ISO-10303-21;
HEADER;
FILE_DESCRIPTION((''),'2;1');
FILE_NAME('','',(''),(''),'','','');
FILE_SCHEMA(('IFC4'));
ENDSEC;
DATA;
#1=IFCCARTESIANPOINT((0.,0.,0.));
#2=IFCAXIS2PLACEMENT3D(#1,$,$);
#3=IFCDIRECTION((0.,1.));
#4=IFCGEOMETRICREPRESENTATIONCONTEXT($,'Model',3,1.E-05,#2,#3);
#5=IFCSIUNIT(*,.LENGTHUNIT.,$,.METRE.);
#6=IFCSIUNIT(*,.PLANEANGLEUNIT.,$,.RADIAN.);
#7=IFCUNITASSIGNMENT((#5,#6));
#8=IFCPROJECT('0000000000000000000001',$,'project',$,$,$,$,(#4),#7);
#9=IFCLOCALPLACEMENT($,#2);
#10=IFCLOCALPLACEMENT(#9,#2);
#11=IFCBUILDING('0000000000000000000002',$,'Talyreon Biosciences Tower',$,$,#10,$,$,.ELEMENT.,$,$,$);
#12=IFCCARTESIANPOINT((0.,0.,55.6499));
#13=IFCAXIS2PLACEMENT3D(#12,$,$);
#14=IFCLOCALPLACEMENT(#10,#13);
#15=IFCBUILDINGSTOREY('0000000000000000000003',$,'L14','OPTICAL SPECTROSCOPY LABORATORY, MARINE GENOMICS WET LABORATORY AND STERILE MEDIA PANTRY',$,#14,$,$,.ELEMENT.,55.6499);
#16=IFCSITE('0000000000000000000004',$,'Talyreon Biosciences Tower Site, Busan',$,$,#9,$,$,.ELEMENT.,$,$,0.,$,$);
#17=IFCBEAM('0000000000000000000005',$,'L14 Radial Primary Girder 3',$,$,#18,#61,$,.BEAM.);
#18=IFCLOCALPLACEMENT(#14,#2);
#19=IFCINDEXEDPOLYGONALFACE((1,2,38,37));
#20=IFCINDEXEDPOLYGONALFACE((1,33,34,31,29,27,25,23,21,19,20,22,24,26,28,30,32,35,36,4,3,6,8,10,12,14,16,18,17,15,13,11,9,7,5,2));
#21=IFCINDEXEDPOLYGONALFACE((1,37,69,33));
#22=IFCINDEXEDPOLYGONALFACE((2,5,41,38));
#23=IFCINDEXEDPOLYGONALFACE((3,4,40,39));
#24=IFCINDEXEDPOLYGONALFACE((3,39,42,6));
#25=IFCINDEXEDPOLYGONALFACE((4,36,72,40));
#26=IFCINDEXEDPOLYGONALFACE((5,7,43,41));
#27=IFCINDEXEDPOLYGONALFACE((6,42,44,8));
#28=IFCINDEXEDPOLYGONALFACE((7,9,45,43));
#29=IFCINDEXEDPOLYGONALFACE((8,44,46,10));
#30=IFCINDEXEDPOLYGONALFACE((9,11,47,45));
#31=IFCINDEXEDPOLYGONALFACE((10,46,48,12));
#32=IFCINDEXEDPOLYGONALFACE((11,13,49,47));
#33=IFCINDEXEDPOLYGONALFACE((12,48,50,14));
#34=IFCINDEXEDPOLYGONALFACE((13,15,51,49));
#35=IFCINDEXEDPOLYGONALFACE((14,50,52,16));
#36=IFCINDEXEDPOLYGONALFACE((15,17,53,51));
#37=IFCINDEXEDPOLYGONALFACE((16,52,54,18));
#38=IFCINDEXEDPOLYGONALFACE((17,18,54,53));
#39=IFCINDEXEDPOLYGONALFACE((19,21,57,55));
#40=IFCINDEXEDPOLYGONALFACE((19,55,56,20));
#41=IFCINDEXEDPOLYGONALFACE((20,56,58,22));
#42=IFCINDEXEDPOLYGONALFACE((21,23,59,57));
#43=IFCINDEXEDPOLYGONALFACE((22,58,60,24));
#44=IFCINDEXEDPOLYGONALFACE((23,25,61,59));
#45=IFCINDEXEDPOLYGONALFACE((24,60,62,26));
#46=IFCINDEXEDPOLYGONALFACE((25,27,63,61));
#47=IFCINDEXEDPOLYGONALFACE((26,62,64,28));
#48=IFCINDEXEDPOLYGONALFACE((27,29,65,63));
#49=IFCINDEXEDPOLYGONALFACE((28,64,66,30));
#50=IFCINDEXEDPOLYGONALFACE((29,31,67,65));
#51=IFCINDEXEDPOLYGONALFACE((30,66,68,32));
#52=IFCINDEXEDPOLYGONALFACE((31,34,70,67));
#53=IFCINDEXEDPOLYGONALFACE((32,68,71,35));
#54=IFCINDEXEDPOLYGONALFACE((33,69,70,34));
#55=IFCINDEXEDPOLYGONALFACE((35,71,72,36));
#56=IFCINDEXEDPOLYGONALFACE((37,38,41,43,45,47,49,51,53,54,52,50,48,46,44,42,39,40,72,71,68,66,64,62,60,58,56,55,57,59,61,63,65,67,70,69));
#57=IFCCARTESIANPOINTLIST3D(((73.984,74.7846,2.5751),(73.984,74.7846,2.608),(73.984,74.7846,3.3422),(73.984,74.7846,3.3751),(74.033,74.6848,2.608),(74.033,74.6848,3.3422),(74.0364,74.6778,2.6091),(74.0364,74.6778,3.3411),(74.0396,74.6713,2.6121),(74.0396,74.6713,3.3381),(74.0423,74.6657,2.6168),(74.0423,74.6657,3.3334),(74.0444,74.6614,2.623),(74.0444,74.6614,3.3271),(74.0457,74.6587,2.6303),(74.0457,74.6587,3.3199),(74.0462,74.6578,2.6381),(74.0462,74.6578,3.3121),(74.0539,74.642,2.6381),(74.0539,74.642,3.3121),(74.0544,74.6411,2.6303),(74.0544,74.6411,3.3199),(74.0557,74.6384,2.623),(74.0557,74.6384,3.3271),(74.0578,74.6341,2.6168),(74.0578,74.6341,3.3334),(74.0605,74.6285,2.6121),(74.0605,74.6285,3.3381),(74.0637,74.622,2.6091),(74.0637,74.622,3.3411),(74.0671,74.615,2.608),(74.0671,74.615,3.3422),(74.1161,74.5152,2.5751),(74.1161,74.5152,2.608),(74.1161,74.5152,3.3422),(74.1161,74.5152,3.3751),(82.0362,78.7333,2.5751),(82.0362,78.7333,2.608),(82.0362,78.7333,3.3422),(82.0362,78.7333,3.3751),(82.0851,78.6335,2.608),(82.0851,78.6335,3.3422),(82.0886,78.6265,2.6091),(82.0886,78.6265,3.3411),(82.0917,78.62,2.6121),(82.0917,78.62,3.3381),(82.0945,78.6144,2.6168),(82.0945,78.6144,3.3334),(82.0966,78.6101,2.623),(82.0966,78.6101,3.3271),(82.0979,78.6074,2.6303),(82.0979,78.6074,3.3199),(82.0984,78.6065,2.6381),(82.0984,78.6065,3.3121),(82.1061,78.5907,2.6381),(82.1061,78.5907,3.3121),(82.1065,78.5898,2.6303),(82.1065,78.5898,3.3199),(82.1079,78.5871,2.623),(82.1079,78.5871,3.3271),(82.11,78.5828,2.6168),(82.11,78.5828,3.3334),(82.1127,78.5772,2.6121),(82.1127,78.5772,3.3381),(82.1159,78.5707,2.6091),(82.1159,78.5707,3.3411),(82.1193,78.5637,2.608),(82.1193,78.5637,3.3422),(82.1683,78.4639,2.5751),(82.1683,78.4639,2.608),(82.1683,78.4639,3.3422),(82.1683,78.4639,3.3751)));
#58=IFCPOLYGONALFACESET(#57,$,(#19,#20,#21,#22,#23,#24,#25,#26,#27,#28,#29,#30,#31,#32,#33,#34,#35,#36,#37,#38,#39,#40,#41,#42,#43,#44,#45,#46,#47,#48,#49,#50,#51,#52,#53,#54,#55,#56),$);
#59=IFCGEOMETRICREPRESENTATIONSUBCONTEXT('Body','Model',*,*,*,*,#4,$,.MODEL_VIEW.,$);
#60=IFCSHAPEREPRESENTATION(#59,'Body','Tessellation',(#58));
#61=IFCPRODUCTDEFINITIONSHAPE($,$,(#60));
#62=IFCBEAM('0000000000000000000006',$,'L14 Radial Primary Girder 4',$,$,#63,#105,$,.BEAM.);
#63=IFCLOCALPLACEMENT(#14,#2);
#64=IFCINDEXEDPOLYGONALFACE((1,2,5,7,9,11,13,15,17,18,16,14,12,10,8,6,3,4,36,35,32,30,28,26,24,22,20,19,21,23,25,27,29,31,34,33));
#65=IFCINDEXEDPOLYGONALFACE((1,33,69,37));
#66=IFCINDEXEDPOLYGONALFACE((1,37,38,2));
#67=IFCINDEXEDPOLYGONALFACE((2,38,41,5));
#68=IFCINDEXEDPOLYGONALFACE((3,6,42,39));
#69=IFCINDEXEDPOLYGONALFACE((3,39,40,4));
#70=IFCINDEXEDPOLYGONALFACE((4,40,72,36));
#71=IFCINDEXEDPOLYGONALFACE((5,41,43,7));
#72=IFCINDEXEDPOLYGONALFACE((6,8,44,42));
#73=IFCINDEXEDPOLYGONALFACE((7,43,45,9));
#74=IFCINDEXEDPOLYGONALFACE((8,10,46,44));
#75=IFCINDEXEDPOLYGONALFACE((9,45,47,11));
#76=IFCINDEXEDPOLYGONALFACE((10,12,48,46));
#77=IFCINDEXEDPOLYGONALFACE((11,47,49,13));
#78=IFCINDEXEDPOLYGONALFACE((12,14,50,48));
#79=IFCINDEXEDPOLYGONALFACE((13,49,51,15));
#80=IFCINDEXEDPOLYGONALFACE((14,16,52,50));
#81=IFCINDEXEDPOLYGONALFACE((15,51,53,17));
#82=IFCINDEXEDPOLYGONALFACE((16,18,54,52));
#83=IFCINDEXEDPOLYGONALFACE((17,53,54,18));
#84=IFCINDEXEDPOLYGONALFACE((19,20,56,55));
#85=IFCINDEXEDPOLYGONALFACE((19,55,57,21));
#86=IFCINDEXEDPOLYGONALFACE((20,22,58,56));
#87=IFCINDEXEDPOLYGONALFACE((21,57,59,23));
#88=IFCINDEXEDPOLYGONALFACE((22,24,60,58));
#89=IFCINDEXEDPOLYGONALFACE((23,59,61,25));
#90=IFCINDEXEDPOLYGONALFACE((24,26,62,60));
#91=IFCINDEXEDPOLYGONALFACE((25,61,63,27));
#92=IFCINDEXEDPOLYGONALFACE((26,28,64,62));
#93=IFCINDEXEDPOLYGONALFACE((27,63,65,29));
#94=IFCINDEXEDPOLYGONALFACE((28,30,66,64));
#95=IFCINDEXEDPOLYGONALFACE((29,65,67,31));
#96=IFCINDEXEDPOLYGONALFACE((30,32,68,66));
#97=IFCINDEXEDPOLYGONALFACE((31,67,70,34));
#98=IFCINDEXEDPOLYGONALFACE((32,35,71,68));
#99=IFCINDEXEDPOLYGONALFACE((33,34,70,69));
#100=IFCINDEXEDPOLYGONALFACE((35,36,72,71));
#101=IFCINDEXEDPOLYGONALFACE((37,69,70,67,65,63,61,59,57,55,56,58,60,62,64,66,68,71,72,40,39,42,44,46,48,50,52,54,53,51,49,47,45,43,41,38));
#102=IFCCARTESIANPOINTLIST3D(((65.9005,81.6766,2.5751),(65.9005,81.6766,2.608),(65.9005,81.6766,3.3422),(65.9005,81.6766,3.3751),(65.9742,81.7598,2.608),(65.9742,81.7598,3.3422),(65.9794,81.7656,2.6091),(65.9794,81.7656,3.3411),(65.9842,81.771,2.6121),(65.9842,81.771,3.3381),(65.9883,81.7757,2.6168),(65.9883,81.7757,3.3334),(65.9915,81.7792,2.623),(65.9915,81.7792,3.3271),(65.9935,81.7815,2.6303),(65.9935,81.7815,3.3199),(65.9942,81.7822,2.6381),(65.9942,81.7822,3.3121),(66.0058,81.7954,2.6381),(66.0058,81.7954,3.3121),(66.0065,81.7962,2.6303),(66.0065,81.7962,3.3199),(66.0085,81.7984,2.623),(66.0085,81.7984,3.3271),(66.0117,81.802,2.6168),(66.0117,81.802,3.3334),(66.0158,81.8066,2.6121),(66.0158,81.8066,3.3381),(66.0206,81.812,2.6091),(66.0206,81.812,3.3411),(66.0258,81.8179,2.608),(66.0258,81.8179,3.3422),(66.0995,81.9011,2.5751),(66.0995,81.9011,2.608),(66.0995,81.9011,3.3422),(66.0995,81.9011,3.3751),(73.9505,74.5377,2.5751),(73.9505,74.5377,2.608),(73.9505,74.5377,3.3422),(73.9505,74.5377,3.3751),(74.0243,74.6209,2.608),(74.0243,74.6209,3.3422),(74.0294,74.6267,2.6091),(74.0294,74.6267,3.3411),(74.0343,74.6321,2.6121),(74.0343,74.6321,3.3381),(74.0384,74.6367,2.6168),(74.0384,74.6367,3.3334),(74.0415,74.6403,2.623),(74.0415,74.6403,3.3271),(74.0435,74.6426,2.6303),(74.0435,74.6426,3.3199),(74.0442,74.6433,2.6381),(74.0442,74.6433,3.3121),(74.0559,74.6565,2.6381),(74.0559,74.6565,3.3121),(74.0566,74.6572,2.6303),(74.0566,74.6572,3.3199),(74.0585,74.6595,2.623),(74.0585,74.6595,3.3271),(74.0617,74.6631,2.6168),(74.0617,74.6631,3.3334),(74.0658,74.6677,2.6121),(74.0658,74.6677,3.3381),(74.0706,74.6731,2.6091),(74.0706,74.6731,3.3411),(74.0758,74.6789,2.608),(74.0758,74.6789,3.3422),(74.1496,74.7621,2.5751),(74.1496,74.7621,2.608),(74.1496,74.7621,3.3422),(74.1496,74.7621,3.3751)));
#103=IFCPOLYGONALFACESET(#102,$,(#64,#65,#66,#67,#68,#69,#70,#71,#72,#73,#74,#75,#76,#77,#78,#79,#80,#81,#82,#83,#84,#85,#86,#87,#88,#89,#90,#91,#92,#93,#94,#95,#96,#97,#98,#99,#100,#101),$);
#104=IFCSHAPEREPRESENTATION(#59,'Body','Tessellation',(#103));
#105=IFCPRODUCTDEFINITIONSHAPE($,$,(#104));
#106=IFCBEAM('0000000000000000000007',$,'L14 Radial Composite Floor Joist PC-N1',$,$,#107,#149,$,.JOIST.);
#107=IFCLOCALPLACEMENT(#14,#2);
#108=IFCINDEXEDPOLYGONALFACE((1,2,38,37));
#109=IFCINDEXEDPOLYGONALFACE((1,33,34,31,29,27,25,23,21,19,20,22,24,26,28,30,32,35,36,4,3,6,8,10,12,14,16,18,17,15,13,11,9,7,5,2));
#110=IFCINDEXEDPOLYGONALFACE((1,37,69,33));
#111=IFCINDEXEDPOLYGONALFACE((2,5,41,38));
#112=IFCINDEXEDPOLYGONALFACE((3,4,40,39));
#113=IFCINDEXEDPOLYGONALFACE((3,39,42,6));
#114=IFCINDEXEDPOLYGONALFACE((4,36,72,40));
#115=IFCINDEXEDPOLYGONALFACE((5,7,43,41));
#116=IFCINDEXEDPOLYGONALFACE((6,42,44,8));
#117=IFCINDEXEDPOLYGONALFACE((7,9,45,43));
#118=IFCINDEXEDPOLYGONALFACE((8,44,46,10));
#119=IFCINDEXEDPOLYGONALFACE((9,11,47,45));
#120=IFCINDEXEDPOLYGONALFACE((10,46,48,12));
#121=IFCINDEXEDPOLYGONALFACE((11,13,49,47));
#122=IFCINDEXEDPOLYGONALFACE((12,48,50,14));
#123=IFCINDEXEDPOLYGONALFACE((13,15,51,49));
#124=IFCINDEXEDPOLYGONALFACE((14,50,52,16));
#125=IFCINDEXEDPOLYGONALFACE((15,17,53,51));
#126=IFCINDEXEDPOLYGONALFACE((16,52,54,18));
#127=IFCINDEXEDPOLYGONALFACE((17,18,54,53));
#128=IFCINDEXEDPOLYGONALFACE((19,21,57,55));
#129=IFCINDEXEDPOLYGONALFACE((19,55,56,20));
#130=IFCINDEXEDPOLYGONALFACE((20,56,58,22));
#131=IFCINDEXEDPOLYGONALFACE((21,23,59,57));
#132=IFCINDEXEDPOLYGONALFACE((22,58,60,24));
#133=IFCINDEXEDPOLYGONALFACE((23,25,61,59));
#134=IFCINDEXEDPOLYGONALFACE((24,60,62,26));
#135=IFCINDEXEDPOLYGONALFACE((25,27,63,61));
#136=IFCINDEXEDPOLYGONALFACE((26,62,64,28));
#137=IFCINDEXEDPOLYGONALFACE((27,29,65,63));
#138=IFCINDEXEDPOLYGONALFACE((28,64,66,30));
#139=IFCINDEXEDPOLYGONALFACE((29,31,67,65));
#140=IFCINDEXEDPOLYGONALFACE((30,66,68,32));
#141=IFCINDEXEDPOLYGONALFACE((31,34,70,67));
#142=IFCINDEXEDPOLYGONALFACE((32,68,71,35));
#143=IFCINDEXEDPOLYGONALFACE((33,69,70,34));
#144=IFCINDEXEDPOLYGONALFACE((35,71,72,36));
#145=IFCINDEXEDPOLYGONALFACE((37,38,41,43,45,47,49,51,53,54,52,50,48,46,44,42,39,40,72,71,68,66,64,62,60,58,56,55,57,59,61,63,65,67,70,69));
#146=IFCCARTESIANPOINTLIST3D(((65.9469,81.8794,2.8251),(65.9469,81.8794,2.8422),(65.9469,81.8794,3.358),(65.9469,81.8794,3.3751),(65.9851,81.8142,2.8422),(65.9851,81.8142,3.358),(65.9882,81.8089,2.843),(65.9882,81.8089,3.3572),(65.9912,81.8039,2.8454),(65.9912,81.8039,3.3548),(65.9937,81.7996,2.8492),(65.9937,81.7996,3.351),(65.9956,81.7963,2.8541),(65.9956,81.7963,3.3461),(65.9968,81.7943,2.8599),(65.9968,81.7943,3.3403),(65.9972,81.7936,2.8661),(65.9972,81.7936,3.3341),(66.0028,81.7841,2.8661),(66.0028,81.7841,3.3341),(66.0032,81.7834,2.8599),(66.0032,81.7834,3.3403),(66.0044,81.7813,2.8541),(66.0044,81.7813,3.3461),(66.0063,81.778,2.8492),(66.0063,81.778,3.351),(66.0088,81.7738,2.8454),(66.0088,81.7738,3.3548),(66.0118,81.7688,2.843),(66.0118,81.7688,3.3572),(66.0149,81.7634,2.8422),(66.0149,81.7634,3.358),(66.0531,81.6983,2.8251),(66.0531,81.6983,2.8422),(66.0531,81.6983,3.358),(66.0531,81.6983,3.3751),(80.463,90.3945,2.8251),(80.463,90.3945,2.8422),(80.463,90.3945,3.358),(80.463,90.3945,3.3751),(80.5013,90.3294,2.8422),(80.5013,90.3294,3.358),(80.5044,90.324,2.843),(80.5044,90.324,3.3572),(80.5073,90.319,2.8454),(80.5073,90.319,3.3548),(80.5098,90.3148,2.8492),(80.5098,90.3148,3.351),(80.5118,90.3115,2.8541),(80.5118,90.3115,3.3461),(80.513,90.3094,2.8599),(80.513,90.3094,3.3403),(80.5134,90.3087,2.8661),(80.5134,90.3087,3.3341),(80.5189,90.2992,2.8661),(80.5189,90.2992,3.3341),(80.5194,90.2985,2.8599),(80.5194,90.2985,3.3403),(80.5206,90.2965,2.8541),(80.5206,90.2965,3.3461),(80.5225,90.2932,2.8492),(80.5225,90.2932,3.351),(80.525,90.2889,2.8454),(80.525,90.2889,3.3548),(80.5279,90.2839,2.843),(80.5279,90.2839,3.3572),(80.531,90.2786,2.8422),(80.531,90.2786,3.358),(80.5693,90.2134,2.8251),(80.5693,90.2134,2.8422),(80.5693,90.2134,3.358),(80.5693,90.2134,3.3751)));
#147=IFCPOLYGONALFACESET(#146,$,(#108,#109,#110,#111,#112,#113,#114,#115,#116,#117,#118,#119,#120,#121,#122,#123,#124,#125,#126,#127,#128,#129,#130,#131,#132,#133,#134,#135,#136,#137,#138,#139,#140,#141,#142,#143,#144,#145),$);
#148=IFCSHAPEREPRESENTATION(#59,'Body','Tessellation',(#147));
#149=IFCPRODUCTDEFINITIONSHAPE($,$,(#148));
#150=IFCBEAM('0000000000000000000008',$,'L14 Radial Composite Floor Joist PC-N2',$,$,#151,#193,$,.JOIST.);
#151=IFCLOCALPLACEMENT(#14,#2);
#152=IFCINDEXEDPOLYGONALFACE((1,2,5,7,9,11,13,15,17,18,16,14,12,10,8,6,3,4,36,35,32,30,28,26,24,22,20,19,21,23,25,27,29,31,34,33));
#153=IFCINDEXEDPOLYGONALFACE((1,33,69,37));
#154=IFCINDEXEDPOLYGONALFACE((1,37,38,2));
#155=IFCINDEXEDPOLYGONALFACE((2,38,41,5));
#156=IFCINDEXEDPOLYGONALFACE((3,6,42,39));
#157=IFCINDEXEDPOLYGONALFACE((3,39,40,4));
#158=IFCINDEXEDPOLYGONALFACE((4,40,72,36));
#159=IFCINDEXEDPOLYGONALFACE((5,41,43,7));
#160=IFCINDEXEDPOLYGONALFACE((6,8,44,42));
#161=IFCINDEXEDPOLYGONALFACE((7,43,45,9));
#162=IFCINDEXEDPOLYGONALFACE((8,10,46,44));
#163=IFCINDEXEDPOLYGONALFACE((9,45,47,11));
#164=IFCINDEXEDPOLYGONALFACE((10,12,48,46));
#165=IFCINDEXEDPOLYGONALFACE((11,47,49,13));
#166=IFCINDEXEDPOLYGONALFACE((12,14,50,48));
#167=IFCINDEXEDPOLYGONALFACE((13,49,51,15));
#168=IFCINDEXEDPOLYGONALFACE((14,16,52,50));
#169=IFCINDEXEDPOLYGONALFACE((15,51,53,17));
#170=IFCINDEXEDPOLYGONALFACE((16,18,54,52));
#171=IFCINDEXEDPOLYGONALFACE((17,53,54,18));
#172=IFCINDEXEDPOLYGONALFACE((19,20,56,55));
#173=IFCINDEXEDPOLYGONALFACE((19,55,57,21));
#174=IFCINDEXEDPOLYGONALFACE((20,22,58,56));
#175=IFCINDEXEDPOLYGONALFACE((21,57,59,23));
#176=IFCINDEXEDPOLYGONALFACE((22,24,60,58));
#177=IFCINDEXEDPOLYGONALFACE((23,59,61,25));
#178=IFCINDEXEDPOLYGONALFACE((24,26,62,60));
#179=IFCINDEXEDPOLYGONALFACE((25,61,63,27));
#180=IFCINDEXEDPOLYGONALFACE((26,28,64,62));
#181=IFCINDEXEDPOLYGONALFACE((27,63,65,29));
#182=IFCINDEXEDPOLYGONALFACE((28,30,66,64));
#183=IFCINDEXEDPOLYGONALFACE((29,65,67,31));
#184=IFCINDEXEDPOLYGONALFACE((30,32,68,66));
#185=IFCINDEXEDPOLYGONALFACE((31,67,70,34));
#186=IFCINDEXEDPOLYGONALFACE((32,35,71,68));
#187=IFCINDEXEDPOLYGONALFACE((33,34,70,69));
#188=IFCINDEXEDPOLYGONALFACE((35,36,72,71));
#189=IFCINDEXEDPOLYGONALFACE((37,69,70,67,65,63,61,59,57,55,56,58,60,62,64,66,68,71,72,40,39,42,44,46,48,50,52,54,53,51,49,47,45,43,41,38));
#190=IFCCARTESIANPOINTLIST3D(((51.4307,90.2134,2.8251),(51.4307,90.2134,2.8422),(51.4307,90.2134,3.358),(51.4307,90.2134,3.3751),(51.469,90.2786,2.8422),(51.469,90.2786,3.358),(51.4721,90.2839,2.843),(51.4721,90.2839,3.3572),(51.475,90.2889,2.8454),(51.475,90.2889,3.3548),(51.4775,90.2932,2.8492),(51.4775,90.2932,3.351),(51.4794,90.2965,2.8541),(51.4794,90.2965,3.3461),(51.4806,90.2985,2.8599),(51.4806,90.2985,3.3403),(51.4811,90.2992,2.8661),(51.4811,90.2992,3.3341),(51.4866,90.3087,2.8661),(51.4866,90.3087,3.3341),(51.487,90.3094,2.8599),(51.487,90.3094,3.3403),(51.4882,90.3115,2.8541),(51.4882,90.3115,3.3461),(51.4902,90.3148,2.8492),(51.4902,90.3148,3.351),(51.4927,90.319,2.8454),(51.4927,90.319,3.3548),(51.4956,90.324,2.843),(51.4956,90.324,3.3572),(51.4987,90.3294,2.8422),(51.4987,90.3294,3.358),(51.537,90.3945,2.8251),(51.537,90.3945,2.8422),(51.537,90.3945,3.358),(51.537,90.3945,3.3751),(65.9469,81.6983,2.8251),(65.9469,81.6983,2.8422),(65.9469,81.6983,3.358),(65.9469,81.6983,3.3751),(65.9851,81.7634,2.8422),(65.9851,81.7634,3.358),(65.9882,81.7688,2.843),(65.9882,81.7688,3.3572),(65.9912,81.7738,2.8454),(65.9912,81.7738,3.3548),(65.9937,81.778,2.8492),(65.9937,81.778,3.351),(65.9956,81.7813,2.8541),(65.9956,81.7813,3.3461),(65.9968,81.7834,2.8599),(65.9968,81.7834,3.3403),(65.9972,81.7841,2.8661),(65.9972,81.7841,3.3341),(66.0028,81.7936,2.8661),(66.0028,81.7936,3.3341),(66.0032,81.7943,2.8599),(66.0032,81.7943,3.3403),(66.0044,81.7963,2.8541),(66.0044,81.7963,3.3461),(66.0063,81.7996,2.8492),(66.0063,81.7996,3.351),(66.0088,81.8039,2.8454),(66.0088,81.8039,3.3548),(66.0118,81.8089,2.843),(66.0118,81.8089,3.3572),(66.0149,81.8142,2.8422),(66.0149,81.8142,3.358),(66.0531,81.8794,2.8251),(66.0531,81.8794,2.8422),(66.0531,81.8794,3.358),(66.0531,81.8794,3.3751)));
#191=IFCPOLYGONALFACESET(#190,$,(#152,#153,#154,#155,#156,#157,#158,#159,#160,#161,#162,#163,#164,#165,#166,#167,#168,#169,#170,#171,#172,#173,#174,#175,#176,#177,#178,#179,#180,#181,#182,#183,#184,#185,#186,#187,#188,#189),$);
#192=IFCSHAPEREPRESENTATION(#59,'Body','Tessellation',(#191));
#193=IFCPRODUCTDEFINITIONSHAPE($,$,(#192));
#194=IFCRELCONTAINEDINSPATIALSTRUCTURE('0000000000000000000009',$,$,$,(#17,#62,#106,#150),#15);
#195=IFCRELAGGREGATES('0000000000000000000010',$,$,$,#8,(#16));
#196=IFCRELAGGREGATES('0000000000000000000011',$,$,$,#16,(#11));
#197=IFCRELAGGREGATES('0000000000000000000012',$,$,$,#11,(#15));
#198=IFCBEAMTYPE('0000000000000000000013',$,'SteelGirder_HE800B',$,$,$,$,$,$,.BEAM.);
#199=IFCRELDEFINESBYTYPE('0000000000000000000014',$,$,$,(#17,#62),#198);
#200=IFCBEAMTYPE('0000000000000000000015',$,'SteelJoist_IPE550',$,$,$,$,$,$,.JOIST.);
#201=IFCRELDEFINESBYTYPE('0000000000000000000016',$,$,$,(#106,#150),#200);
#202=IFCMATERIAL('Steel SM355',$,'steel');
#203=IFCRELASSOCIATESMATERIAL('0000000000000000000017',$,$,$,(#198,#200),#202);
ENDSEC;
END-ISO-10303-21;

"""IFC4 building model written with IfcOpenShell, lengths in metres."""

from ifc_helpers import new_model, si_unit, direction, frame, origin, origin_2d, place, context, subcontext, project, spatial, i_section, extrude, material, material_profile, profile_set, type_object, element, save


model = new_model("IFC4")

# Units and contexts
model_context = context("Model", 3, precision=1e-05, world=origin(), true_north=direction((0.0, 1.0)))
body_context = subcontext(model_context, "Body", "Model", "MODEL_VIEW")
ifc_project = project(units=[si_unit("LENGTHUNIT", "METRE"), si_unit("PLANEANGLEUNIT", "RADIAN")], contexts=[model_context])

# Site, building, storey
site_placement = place(None, origin())
site = spatial("IfcSite", under=ifc_project, at=site_placement, Name="Talyreon Biosciences Tower Site, Busan", CompositionType="ELEMENT", RefElevation=0.0)
building_placement = place(site_placement, origin())
building = spatial("IfcBuilding", under=site, at=building_placement, Name="Talyreon Biosciences Tower", CompositionType="ELEMENT")
storey_placement = place(building_placement, frame((0.0, 0.0, 55.6499)))
storey = spatial("IfcBuildingStorey", under=building, at=storey_placement, Name="L14", Description="OPTICAL SPECTROSCOPY LABORATORY, MARINE GENOMICS WET LABORATORY AND STERILE MEDIA PANTRY", CompositionType="ELEMENT", Elevation=55.6499)

# Beams
ifc_material_1 = material(Name="Steel SM355", Category="steel")
ifc_material_profile_1 = material_profile(ifc_material_1, i_section(OverallWidth=0.3, OverallDepth=0.8, WebThickness=0.0176, FlangeThickness=0.033, FilletRadius=0.03, at=origin_2d()), Name="HE800B")
ifc_profile_set_1 = profile_set([ifc_material_profile_1], Name="Steel SM355")
beam_type_1 = type_object("IfcBeamType", Name="SteelGirder_HE800B", PredefinedType="BEAM", material=ifc_profile_set_1)
beam_1_placement = place(storey_placement, frame((74.05, 74.6499, 2.9751), z_axis=(0.897852, 0.440297, 0.0), x_axis=(-0.440297, 0.897852, 0.0)))
element("IfcBeam", 1, at=beam_1_placement, inside=storey, type_object=beam_type_1, Name="L14 Radial Primary Girder 3", PredefinedType="BEAM", context=body_context, shape_type="SweptSolid", body=[
    extrude(i_section(OverallWidth=0.3, OverallDepth=0.8, WebThickness=0.0176, FlangeThickness=0.033, FilletRadius=0.03, at=origin_2d()), origin(), (0.0, 0.0, 1.0), 8.9683),
])
beam_2_placement = place(storey_placement, frame((74.05, 74.6499, 2.9751), z_axis=(-0.748179, 0.663497, 0.0), x_axis=(-0.663497, -0.748179, 0.0)))
element("IfcBeam", 2, at=beam_2_placement, inside=storey, type_object=beam_type_1, Name="L14 Radial Primary Girder 4", PredefinedType="BEAM", context=body_context, shape_type="SweptSolid", body=[
    extrude(i_section(OverallWidth=0.3, OverallDepth=0.8, WebThickness=0.0176, FlangeThickness=0.033, FilletRadius=0.03, at=origin_2d()), origin(), (0.0, 0.0, 1.0), 10.7595),
])
ifc_material_profile_2 = material_profile(ifc_material_1, i_section(OverallWidth=0.21, OverallDepth=0.55, WebThickness=0.011, FlangeThickness=0.0171, FilletRadius=0.0239, at=origin_2d()), Name="IPE550")
ifc_profile_set_2 = profile_set([ifc_material_profile_2], Name="Steel SM355")
beam_type_2 = type_object("IfcBeamType", Name="SteelJoist_IPE550", PredefinedType="JOIST", material=ifc_profile_set_2)
for number, where, z_axis, x_axis, name in (
    (3, (66.0, 81.7888, 3.1001), (0.86255, 0.505971, 0.0), (-0.505971, 0.86255, 0.0), "L14 Radial Composite Floor Joist PC-N1"),
    (4, (66.0, 81.7888, 3.1001), (-0.86255, 0.505971, 0.0), (-0.505971, -0.86255, 0.0), "L14 Radial Composite Floor Joist PC-N2"),
):
    element("IfcBeam", number, at=place(storey_placement, frame(where, z_axis=z_axis, x_axis=x_axis)), inside=storey, type_object=beam_type_2, Name=name, PredefinedType="JOIST", context=body_context, shape_type="SweptSolid", body=[
        extrude(i_section(OverallWidth=0.21, OverallDepth=0.55, WebThickness=0.011, FlangeThickness=0.0171, FilletRadius=0.0239, at=origin_2d()), origin(), (0.0, 0.0, 1.0), 16.8293),
    ])

save(model, "model.ifc")
